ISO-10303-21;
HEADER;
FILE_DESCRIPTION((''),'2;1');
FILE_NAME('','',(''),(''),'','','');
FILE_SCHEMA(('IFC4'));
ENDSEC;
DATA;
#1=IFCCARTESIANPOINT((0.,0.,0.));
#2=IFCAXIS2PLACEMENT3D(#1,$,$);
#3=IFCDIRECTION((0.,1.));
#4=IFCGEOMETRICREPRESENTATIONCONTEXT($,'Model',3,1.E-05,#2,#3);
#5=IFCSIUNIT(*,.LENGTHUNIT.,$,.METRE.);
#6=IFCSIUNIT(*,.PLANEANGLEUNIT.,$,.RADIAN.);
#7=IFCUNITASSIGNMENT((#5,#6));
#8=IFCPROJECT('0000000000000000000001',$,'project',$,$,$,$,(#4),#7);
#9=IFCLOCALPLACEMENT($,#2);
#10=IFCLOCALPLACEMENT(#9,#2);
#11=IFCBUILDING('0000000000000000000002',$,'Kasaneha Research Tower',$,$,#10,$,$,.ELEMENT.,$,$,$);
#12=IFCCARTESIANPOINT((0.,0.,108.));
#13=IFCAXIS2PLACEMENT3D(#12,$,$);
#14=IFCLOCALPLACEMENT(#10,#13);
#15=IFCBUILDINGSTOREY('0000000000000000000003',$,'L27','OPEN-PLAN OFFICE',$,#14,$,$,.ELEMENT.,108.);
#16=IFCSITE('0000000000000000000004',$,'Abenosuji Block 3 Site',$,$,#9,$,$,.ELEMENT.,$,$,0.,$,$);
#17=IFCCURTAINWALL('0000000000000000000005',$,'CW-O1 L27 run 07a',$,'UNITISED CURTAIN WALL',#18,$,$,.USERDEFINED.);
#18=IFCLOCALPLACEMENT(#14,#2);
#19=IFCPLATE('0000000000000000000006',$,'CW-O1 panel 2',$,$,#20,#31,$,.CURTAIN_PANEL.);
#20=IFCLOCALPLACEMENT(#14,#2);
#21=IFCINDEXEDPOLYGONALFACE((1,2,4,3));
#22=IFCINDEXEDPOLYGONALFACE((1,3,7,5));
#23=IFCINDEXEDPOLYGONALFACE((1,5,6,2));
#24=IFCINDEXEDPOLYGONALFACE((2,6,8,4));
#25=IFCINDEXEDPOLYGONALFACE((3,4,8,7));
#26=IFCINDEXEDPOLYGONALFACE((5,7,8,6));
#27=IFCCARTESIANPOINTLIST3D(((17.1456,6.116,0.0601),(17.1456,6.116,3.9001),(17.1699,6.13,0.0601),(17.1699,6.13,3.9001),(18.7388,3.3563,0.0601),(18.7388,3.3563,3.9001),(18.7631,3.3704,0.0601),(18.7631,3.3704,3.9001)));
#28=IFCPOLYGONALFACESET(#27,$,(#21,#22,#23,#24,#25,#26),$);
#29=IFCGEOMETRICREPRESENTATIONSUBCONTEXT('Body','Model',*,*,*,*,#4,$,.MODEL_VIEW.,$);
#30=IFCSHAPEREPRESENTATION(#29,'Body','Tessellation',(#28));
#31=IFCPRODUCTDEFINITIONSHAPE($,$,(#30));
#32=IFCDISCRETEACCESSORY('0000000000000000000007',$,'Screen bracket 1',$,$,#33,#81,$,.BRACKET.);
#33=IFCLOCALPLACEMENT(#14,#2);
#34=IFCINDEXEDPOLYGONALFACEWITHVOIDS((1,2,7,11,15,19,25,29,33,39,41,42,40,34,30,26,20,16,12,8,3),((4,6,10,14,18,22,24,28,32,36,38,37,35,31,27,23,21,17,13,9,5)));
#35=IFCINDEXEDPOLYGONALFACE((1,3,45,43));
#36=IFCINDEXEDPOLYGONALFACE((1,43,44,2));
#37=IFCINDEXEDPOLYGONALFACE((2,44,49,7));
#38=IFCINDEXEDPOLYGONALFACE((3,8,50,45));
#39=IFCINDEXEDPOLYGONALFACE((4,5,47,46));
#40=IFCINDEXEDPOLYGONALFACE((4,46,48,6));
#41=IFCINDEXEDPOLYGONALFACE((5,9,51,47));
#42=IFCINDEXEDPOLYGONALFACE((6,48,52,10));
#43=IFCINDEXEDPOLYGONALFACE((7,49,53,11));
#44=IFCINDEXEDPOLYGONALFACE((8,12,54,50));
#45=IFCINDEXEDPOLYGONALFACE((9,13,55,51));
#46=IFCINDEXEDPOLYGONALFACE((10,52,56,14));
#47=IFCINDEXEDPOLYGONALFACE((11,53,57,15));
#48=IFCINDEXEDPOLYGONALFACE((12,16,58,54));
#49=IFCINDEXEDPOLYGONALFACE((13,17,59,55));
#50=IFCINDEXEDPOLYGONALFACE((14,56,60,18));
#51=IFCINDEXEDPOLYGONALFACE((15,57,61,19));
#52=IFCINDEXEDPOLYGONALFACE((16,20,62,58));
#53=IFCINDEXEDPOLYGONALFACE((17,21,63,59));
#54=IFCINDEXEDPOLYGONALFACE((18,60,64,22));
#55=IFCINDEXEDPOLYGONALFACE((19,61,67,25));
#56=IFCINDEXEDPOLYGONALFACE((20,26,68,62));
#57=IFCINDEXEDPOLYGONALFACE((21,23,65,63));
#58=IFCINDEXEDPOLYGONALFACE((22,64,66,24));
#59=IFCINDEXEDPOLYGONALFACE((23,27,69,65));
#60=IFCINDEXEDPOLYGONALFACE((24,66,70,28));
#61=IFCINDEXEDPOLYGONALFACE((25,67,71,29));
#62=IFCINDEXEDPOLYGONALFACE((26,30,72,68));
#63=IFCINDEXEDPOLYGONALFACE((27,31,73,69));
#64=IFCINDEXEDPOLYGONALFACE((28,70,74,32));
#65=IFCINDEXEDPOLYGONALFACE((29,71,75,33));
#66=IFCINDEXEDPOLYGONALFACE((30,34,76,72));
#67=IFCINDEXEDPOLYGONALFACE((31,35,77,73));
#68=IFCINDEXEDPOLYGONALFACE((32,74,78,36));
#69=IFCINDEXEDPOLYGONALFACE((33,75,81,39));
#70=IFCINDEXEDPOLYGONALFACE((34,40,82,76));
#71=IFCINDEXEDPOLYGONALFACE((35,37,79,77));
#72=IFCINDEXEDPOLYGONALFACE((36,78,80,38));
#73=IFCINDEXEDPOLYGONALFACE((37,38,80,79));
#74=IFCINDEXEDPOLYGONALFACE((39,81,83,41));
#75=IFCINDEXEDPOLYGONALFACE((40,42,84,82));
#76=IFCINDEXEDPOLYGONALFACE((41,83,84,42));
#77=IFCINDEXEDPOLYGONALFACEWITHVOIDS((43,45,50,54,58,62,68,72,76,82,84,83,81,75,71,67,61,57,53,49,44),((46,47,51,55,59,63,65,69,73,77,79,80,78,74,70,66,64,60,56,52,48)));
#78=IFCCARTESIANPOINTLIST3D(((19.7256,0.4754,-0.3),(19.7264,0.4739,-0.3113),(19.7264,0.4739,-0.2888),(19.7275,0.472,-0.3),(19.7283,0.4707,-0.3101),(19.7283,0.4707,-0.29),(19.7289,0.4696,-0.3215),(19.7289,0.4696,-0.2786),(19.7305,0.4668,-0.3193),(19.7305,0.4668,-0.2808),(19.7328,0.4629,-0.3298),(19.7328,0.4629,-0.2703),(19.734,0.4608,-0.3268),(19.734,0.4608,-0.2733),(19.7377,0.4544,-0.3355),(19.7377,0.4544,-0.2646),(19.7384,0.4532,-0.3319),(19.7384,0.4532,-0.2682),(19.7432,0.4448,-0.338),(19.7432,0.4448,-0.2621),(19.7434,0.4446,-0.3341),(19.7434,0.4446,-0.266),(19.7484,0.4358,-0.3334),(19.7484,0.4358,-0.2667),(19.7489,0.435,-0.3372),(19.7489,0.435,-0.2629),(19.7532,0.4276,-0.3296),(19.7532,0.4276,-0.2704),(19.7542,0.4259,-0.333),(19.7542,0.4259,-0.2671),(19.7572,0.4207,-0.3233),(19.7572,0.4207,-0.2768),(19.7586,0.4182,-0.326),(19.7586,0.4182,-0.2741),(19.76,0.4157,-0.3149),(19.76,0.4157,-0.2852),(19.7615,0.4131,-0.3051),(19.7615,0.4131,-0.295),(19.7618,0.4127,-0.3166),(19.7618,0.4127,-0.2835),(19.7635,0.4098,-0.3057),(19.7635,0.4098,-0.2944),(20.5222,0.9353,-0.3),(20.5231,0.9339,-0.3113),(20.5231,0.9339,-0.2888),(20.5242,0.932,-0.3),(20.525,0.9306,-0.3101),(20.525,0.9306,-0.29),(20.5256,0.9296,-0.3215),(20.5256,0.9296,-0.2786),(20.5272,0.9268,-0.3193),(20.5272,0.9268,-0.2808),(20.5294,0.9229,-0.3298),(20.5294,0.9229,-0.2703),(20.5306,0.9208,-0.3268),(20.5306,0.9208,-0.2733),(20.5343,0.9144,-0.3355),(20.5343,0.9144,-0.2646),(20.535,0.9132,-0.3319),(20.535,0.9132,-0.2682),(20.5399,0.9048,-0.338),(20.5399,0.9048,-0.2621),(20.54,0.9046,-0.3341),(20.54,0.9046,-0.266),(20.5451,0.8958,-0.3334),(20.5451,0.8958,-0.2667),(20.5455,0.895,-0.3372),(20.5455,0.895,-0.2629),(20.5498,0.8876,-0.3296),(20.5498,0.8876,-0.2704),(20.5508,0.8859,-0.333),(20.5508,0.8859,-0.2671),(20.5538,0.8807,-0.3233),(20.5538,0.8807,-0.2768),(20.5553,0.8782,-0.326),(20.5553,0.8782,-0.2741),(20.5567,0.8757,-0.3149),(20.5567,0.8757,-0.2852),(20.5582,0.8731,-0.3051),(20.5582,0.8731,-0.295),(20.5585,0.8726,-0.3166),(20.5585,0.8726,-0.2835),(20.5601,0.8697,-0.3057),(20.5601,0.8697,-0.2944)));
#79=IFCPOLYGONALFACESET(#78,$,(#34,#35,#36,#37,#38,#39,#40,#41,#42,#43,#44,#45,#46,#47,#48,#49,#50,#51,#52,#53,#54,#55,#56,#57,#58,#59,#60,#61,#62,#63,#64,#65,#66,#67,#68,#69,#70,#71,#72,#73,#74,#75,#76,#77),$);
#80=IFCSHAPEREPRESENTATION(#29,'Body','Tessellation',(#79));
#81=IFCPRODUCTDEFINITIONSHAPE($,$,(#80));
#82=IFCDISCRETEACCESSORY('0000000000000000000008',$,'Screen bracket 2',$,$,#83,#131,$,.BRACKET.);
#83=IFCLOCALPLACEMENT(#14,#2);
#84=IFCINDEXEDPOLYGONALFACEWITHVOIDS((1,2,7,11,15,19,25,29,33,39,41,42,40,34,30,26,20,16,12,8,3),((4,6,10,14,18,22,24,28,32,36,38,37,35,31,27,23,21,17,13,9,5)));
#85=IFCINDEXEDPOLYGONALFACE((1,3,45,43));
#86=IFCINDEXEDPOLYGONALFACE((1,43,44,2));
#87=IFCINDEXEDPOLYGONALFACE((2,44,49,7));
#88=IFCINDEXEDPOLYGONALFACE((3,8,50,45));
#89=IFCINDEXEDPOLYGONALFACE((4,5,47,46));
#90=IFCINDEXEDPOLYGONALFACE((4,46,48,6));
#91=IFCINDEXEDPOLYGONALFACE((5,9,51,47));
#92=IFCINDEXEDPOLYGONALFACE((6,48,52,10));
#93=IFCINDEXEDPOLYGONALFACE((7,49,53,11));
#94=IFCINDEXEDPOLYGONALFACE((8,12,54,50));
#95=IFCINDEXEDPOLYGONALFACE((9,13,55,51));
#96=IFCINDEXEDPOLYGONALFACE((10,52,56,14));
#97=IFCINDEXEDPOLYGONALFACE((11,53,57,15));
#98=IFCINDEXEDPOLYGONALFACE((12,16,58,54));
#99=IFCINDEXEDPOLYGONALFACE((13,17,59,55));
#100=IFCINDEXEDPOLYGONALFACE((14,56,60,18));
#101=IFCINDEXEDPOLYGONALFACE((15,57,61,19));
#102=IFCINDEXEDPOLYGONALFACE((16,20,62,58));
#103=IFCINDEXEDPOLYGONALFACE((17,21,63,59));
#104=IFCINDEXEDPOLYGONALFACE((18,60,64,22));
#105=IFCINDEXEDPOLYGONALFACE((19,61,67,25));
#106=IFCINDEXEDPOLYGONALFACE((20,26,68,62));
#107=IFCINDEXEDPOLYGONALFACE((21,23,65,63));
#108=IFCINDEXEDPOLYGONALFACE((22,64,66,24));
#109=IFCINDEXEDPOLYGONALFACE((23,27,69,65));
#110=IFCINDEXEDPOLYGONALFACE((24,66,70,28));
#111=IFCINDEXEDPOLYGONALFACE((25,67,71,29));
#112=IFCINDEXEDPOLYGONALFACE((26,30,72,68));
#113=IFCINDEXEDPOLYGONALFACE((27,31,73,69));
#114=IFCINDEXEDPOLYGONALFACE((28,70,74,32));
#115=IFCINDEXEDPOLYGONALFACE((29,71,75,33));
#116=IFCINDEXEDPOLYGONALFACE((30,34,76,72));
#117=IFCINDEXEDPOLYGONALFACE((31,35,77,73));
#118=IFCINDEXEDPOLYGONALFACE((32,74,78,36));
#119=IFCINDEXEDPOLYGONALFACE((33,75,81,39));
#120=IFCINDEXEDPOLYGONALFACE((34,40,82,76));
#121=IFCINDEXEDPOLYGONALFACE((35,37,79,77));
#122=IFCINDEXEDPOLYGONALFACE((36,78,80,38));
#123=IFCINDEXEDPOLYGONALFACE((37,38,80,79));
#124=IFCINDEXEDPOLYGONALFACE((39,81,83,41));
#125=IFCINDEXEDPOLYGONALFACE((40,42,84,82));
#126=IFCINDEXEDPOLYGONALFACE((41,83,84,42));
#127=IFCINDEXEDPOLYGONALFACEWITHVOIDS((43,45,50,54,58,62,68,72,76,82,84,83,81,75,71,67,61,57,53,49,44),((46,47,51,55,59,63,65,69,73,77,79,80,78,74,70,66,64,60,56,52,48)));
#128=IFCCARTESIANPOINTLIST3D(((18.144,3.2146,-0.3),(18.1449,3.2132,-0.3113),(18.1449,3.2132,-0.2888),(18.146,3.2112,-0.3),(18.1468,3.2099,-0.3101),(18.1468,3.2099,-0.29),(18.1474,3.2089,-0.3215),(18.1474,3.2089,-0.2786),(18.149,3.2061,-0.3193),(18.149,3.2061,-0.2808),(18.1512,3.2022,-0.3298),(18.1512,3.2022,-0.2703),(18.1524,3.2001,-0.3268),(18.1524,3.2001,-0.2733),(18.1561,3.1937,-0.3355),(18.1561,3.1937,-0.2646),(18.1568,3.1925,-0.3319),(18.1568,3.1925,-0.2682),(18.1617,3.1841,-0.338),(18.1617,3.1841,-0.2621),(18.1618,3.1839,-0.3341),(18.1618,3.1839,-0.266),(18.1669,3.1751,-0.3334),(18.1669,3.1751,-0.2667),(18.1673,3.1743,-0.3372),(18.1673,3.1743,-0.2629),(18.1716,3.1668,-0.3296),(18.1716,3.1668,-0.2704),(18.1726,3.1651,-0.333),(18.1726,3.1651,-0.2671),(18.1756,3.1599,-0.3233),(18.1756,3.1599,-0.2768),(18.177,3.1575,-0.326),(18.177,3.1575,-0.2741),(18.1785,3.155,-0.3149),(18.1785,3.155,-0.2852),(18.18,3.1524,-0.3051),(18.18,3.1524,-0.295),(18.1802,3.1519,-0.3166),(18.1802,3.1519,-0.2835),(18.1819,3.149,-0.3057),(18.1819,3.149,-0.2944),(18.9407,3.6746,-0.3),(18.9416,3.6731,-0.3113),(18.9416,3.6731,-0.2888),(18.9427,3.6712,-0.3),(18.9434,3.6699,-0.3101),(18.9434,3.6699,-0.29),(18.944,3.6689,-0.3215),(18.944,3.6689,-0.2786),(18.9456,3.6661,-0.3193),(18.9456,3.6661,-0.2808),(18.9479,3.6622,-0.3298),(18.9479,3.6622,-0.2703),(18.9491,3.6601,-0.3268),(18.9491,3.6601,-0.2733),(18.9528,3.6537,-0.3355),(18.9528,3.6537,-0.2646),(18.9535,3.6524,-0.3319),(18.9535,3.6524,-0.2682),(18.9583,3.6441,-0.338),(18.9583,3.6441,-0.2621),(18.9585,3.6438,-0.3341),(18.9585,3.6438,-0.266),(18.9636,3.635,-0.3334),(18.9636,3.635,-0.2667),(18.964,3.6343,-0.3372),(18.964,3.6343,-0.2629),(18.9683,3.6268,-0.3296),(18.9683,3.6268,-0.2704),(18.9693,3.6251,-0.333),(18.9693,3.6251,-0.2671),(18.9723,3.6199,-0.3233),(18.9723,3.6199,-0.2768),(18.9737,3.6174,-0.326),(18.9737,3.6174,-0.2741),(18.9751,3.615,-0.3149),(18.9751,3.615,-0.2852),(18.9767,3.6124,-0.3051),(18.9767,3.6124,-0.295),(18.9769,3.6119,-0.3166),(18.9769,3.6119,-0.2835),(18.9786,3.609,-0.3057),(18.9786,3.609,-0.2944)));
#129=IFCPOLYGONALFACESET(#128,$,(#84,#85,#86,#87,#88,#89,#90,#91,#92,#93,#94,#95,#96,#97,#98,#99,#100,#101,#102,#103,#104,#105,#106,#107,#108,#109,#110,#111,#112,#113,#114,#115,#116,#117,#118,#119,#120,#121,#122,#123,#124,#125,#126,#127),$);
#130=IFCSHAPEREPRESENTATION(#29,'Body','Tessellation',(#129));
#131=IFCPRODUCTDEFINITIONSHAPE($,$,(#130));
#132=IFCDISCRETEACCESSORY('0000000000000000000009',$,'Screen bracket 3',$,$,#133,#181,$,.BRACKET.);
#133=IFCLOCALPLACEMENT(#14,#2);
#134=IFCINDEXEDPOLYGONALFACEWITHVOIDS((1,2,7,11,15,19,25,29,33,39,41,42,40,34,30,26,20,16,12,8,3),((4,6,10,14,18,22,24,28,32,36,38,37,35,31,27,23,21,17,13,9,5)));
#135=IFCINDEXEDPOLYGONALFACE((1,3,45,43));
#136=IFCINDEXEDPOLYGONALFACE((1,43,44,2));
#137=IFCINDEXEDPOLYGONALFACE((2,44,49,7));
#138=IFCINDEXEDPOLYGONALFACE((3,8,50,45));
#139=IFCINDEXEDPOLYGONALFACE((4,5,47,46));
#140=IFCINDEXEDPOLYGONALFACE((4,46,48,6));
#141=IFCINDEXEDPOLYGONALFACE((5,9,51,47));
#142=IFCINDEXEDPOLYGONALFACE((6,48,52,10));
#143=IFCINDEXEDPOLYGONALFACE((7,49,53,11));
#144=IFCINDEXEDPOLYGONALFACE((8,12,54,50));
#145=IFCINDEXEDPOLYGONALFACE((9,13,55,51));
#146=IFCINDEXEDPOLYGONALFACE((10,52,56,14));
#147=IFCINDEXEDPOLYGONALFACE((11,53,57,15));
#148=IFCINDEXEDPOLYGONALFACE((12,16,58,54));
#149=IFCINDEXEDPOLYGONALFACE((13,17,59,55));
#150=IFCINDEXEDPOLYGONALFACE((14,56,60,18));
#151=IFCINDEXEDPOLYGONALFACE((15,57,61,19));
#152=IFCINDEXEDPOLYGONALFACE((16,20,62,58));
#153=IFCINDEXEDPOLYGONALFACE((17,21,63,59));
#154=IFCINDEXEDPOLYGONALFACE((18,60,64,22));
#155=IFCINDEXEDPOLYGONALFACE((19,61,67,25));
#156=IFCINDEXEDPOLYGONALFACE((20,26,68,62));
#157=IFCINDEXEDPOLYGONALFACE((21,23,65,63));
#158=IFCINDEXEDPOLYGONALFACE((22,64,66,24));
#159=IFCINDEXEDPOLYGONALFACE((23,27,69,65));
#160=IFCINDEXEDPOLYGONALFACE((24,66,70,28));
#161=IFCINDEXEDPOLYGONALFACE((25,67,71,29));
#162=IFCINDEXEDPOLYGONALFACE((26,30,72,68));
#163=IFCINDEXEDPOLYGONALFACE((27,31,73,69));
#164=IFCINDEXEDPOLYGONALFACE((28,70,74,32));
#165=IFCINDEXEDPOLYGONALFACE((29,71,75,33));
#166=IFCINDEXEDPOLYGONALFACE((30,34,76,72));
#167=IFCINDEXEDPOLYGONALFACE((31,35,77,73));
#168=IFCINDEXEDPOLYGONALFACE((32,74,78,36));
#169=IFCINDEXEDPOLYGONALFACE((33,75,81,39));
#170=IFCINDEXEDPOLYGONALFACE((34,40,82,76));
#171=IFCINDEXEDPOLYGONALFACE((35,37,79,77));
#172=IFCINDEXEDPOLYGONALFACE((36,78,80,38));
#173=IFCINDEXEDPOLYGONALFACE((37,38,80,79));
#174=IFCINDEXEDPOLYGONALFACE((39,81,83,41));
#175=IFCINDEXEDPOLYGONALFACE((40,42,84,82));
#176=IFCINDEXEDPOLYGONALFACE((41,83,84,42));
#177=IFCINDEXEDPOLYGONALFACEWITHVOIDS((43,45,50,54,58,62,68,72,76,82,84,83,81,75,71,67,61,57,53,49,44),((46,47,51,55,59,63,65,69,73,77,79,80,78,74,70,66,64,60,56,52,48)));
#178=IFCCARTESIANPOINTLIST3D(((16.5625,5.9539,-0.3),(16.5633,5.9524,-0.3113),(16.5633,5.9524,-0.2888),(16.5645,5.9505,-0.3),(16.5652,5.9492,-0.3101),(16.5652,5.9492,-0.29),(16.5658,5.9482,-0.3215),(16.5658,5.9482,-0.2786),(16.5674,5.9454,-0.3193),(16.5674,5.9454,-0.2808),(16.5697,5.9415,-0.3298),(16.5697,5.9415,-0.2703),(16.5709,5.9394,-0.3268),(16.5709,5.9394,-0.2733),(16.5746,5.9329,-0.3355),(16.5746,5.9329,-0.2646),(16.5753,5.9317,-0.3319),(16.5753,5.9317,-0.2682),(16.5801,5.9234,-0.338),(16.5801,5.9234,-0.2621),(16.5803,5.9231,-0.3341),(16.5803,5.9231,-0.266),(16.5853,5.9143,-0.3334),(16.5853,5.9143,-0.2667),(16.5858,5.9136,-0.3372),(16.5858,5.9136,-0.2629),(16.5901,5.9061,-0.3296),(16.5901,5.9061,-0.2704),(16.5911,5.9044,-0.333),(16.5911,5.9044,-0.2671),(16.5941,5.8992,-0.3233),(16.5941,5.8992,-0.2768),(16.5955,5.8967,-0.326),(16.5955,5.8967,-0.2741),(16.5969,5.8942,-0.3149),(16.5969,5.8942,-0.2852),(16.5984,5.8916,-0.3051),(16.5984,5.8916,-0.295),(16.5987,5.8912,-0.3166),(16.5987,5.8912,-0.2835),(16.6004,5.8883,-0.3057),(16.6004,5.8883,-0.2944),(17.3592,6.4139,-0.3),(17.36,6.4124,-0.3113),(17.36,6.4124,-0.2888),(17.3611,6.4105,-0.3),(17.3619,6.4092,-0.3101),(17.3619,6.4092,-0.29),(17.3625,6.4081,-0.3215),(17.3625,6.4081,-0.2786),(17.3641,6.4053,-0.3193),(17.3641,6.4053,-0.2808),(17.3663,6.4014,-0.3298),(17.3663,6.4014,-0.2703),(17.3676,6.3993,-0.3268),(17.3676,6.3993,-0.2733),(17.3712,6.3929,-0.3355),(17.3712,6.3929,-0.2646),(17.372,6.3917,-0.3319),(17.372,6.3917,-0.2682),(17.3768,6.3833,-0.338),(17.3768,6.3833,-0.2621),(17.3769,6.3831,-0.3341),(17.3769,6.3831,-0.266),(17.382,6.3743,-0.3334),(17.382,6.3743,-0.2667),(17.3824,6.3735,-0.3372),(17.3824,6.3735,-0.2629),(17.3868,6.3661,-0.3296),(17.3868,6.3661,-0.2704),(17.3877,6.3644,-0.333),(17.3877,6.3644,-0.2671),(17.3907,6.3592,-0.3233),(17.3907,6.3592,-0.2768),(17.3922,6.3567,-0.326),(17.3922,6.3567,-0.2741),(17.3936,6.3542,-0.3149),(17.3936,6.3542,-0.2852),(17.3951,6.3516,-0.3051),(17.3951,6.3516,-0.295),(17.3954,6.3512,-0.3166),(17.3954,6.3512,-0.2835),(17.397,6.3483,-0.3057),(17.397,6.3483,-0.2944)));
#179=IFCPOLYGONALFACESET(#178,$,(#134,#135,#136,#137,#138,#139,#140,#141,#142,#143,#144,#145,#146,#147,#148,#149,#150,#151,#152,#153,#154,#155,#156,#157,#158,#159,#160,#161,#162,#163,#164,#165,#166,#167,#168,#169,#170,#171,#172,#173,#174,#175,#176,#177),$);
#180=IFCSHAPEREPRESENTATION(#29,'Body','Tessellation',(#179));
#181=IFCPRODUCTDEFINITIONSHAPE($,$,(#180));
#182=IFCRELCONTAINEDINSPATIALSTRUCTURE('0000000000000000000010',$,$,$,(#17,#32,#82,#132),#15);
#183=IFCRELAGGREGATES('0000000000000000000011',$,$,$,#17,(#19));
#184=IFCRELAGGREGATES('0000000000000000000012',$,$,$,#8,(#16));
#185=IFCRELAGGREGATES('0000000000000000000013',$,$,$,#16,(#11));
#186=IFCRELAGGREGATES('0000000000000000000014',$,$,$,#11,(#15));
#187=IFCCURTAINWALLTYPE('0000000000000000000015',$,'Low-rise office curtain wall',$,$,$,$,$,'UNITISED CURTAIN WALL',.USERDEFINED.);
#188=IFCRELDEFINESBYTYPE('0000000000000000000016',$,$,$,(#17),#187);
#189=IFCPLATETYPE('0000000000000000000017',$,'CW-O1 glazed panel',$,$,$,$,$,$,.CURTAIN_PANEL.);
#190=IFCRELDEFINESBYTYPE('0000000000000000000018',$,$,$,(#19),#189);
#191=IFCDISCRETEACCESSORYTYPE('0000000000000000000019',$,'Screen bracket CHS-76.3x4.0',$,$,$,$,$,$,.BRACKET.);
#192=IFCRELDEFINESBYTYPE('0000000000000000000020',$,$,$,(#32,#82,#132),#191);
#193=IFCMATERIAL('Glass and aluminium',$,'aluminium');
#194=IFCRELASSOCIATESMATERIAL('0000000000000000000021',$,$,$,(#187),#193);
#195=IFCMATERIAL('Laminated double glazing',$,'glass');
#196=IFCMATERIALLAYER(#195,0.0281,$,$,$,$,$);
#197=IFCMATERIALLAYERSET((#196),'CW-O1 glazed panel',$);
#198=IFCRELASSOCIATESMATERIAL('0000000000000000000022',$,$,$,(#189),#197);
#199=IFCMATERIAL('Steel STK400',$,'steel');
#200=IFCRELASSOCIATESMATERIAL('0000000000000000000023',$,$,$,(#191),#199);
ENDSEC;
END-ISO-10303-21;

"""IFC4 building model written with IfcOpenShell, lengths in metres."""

from ifc_helpers import new_model, si_unit, direction, frame, origin, origin_2d, place, context, subcontext, project, spatial, rectangle, hollow_circle, extrude, material, layer, layer_set, material_profile, profile_set, type_object, element, aggregate, save


model = new_model("IFC4")

# Units and contexts
model_context = context("Model", 3, precision=1e-05, world=origin(), true_north=direction((0.0, 1.0)))
body_context = subcontext(model_context, "Body", "Model", "MODEL_VIEW")
ifc_project = project(units=[si_unit("LENGTHUNIT", "METRE"), si_unit("PLANEANGLEUNIT", "RADIAN")], contexts=[model_context])

# Site, building, storey
site_placement = place(None, origin())
site = spatial("IfcSite", under=ifc_project, at=site_placement, Name="Abenosuji Block 3 Site", CompositionType="ELEMENT", RefElevation=0.0)
building_placement = place(site_placement, origin())
building = spatial("IfcBuilding", under=site, at=building_placement, Name="Kasaneha Research Tower", CompositionType="ELEMENT")
storey_placement = place(building_placement, frame((0.0, 0.0, 108.0)))
storey = spatial("IfcBuildingStorey", under=building, at=storey_placement, Name="L27", Description="OPEN-PLAN OFFICE", CompositionType="ELEMENT", Elevation=108.0)

# Shared definitions
ifc_material_1 = material(Name="Glass and aluminium", Category="aluminium")
curtain_wall_type = type_object("IfcCurtainWallType", Name="Low-rise office curtain wall", ElementType="UNITISED CURTAIN WALL", PredefinedType="USERDEFINED", material=ifc_material_1)

# Curtain wall
curtain_wall_1_placement = place(storey_placement, origin())
curtain_wall_1 = element("IfcCurtainWall", 1, at=curtain_wall_1_placement, inside=storey, type_object=curtain_wall_type, Name="CW-O1 L27 run 07a", ObjectType="UNITISED CURTAIN WALL", PredefinedType="USERDEFINED")

# Plate
ifc_material_2 = material(Name="Laminated double glazing", Category="glass")
ifc_layer = layer(ifc_material_2, 0.0281)
ifc_layer_set = layer_set([ifc_layer], Name="CW-O1 glazed panel")
plate_type = type_object("IfcPlateType", Name="CW-O1 glazed panel", PredefinedType="CURTAIN_PANEL", material=ifc_layer_set)
plate_1_placement = place(storey_placement, frame((17.9543, 4.7432, 0.0601), z_axis=(0.0, 0.0, 1.0), x_axis=(-0.5, 0.866025, 0.0)))
plate_1 = element("IfcPlate", 2, at=plate_1_placement, type_object=plate_type, Name="CW-O1 panel 2", PredefinedType="CURTAIN_PANEL", context=body_context, shape_type="SweptSolid", body=[
    extrude(rectangle(XDim=3.1865, YDim=0.0281, at=origin_2d()), origin(), (0.0, 0.0, 1.0), 3.8401),
])
aggregate(curtain_wall_1, [plate_1])

# Discrete accessories
ifc_material_3 = material(Name="Steel STK400", Category="steel")
ifc_material_profile_1 = material_profile(ifc_material_3, hollow_circle(Radius=0.0381, WallThickness=0.0039, at=origin_2d()), Name="CHS-76.3x4.0")
ifc_profile_set_1 = profile_set([ifc_material_profile_1], Name="Steel STK400")
discrete_accessory_type = type_object("IfcDiscreteAccessoryType", Name="Screen bracket CHS-76.3x4.0", PredefinedType="BRACKET", material=ifc_profile_set_1)
for number, where, z_axis, x_axis, name in (
    (3, (19.7446, 0.4424, -0.3), (0.866013, 0.500021, 0.0), (-0.500021, 0.866013, 0.0), "Screen bracket 1"),
    (4, (18.1631, 3.1816, -0.3), (0.866013, 0.500021, 0.0), (-0.500021, 0.866013, 0.0), "Screen bracket 2"),
    (5, (16.5815, 5.9209, -0.3), (0.866013, 0.500021, 0.0), (-0.500021, 0.866013, 0.0), "Screen bracket 3"),
):
    element("IfcDiscreteAccessory", number, at=place(storey_placement, frame(where, z_axis=z_axis, x_axis=x_axis)), inside=storey, type_object=discrete_accessory_type, Name=name, PredefinedType="BRACKET", context=body_context, shape_type="SweptSolid", body=[
        extrude(hollow_circle(Radius=0.0381, WallThickness=0.0039, at=origin_2d()), origin(), (0.0, 0.0, 1.0), 0.9199),
    ])

save(model, "model.ifc")
